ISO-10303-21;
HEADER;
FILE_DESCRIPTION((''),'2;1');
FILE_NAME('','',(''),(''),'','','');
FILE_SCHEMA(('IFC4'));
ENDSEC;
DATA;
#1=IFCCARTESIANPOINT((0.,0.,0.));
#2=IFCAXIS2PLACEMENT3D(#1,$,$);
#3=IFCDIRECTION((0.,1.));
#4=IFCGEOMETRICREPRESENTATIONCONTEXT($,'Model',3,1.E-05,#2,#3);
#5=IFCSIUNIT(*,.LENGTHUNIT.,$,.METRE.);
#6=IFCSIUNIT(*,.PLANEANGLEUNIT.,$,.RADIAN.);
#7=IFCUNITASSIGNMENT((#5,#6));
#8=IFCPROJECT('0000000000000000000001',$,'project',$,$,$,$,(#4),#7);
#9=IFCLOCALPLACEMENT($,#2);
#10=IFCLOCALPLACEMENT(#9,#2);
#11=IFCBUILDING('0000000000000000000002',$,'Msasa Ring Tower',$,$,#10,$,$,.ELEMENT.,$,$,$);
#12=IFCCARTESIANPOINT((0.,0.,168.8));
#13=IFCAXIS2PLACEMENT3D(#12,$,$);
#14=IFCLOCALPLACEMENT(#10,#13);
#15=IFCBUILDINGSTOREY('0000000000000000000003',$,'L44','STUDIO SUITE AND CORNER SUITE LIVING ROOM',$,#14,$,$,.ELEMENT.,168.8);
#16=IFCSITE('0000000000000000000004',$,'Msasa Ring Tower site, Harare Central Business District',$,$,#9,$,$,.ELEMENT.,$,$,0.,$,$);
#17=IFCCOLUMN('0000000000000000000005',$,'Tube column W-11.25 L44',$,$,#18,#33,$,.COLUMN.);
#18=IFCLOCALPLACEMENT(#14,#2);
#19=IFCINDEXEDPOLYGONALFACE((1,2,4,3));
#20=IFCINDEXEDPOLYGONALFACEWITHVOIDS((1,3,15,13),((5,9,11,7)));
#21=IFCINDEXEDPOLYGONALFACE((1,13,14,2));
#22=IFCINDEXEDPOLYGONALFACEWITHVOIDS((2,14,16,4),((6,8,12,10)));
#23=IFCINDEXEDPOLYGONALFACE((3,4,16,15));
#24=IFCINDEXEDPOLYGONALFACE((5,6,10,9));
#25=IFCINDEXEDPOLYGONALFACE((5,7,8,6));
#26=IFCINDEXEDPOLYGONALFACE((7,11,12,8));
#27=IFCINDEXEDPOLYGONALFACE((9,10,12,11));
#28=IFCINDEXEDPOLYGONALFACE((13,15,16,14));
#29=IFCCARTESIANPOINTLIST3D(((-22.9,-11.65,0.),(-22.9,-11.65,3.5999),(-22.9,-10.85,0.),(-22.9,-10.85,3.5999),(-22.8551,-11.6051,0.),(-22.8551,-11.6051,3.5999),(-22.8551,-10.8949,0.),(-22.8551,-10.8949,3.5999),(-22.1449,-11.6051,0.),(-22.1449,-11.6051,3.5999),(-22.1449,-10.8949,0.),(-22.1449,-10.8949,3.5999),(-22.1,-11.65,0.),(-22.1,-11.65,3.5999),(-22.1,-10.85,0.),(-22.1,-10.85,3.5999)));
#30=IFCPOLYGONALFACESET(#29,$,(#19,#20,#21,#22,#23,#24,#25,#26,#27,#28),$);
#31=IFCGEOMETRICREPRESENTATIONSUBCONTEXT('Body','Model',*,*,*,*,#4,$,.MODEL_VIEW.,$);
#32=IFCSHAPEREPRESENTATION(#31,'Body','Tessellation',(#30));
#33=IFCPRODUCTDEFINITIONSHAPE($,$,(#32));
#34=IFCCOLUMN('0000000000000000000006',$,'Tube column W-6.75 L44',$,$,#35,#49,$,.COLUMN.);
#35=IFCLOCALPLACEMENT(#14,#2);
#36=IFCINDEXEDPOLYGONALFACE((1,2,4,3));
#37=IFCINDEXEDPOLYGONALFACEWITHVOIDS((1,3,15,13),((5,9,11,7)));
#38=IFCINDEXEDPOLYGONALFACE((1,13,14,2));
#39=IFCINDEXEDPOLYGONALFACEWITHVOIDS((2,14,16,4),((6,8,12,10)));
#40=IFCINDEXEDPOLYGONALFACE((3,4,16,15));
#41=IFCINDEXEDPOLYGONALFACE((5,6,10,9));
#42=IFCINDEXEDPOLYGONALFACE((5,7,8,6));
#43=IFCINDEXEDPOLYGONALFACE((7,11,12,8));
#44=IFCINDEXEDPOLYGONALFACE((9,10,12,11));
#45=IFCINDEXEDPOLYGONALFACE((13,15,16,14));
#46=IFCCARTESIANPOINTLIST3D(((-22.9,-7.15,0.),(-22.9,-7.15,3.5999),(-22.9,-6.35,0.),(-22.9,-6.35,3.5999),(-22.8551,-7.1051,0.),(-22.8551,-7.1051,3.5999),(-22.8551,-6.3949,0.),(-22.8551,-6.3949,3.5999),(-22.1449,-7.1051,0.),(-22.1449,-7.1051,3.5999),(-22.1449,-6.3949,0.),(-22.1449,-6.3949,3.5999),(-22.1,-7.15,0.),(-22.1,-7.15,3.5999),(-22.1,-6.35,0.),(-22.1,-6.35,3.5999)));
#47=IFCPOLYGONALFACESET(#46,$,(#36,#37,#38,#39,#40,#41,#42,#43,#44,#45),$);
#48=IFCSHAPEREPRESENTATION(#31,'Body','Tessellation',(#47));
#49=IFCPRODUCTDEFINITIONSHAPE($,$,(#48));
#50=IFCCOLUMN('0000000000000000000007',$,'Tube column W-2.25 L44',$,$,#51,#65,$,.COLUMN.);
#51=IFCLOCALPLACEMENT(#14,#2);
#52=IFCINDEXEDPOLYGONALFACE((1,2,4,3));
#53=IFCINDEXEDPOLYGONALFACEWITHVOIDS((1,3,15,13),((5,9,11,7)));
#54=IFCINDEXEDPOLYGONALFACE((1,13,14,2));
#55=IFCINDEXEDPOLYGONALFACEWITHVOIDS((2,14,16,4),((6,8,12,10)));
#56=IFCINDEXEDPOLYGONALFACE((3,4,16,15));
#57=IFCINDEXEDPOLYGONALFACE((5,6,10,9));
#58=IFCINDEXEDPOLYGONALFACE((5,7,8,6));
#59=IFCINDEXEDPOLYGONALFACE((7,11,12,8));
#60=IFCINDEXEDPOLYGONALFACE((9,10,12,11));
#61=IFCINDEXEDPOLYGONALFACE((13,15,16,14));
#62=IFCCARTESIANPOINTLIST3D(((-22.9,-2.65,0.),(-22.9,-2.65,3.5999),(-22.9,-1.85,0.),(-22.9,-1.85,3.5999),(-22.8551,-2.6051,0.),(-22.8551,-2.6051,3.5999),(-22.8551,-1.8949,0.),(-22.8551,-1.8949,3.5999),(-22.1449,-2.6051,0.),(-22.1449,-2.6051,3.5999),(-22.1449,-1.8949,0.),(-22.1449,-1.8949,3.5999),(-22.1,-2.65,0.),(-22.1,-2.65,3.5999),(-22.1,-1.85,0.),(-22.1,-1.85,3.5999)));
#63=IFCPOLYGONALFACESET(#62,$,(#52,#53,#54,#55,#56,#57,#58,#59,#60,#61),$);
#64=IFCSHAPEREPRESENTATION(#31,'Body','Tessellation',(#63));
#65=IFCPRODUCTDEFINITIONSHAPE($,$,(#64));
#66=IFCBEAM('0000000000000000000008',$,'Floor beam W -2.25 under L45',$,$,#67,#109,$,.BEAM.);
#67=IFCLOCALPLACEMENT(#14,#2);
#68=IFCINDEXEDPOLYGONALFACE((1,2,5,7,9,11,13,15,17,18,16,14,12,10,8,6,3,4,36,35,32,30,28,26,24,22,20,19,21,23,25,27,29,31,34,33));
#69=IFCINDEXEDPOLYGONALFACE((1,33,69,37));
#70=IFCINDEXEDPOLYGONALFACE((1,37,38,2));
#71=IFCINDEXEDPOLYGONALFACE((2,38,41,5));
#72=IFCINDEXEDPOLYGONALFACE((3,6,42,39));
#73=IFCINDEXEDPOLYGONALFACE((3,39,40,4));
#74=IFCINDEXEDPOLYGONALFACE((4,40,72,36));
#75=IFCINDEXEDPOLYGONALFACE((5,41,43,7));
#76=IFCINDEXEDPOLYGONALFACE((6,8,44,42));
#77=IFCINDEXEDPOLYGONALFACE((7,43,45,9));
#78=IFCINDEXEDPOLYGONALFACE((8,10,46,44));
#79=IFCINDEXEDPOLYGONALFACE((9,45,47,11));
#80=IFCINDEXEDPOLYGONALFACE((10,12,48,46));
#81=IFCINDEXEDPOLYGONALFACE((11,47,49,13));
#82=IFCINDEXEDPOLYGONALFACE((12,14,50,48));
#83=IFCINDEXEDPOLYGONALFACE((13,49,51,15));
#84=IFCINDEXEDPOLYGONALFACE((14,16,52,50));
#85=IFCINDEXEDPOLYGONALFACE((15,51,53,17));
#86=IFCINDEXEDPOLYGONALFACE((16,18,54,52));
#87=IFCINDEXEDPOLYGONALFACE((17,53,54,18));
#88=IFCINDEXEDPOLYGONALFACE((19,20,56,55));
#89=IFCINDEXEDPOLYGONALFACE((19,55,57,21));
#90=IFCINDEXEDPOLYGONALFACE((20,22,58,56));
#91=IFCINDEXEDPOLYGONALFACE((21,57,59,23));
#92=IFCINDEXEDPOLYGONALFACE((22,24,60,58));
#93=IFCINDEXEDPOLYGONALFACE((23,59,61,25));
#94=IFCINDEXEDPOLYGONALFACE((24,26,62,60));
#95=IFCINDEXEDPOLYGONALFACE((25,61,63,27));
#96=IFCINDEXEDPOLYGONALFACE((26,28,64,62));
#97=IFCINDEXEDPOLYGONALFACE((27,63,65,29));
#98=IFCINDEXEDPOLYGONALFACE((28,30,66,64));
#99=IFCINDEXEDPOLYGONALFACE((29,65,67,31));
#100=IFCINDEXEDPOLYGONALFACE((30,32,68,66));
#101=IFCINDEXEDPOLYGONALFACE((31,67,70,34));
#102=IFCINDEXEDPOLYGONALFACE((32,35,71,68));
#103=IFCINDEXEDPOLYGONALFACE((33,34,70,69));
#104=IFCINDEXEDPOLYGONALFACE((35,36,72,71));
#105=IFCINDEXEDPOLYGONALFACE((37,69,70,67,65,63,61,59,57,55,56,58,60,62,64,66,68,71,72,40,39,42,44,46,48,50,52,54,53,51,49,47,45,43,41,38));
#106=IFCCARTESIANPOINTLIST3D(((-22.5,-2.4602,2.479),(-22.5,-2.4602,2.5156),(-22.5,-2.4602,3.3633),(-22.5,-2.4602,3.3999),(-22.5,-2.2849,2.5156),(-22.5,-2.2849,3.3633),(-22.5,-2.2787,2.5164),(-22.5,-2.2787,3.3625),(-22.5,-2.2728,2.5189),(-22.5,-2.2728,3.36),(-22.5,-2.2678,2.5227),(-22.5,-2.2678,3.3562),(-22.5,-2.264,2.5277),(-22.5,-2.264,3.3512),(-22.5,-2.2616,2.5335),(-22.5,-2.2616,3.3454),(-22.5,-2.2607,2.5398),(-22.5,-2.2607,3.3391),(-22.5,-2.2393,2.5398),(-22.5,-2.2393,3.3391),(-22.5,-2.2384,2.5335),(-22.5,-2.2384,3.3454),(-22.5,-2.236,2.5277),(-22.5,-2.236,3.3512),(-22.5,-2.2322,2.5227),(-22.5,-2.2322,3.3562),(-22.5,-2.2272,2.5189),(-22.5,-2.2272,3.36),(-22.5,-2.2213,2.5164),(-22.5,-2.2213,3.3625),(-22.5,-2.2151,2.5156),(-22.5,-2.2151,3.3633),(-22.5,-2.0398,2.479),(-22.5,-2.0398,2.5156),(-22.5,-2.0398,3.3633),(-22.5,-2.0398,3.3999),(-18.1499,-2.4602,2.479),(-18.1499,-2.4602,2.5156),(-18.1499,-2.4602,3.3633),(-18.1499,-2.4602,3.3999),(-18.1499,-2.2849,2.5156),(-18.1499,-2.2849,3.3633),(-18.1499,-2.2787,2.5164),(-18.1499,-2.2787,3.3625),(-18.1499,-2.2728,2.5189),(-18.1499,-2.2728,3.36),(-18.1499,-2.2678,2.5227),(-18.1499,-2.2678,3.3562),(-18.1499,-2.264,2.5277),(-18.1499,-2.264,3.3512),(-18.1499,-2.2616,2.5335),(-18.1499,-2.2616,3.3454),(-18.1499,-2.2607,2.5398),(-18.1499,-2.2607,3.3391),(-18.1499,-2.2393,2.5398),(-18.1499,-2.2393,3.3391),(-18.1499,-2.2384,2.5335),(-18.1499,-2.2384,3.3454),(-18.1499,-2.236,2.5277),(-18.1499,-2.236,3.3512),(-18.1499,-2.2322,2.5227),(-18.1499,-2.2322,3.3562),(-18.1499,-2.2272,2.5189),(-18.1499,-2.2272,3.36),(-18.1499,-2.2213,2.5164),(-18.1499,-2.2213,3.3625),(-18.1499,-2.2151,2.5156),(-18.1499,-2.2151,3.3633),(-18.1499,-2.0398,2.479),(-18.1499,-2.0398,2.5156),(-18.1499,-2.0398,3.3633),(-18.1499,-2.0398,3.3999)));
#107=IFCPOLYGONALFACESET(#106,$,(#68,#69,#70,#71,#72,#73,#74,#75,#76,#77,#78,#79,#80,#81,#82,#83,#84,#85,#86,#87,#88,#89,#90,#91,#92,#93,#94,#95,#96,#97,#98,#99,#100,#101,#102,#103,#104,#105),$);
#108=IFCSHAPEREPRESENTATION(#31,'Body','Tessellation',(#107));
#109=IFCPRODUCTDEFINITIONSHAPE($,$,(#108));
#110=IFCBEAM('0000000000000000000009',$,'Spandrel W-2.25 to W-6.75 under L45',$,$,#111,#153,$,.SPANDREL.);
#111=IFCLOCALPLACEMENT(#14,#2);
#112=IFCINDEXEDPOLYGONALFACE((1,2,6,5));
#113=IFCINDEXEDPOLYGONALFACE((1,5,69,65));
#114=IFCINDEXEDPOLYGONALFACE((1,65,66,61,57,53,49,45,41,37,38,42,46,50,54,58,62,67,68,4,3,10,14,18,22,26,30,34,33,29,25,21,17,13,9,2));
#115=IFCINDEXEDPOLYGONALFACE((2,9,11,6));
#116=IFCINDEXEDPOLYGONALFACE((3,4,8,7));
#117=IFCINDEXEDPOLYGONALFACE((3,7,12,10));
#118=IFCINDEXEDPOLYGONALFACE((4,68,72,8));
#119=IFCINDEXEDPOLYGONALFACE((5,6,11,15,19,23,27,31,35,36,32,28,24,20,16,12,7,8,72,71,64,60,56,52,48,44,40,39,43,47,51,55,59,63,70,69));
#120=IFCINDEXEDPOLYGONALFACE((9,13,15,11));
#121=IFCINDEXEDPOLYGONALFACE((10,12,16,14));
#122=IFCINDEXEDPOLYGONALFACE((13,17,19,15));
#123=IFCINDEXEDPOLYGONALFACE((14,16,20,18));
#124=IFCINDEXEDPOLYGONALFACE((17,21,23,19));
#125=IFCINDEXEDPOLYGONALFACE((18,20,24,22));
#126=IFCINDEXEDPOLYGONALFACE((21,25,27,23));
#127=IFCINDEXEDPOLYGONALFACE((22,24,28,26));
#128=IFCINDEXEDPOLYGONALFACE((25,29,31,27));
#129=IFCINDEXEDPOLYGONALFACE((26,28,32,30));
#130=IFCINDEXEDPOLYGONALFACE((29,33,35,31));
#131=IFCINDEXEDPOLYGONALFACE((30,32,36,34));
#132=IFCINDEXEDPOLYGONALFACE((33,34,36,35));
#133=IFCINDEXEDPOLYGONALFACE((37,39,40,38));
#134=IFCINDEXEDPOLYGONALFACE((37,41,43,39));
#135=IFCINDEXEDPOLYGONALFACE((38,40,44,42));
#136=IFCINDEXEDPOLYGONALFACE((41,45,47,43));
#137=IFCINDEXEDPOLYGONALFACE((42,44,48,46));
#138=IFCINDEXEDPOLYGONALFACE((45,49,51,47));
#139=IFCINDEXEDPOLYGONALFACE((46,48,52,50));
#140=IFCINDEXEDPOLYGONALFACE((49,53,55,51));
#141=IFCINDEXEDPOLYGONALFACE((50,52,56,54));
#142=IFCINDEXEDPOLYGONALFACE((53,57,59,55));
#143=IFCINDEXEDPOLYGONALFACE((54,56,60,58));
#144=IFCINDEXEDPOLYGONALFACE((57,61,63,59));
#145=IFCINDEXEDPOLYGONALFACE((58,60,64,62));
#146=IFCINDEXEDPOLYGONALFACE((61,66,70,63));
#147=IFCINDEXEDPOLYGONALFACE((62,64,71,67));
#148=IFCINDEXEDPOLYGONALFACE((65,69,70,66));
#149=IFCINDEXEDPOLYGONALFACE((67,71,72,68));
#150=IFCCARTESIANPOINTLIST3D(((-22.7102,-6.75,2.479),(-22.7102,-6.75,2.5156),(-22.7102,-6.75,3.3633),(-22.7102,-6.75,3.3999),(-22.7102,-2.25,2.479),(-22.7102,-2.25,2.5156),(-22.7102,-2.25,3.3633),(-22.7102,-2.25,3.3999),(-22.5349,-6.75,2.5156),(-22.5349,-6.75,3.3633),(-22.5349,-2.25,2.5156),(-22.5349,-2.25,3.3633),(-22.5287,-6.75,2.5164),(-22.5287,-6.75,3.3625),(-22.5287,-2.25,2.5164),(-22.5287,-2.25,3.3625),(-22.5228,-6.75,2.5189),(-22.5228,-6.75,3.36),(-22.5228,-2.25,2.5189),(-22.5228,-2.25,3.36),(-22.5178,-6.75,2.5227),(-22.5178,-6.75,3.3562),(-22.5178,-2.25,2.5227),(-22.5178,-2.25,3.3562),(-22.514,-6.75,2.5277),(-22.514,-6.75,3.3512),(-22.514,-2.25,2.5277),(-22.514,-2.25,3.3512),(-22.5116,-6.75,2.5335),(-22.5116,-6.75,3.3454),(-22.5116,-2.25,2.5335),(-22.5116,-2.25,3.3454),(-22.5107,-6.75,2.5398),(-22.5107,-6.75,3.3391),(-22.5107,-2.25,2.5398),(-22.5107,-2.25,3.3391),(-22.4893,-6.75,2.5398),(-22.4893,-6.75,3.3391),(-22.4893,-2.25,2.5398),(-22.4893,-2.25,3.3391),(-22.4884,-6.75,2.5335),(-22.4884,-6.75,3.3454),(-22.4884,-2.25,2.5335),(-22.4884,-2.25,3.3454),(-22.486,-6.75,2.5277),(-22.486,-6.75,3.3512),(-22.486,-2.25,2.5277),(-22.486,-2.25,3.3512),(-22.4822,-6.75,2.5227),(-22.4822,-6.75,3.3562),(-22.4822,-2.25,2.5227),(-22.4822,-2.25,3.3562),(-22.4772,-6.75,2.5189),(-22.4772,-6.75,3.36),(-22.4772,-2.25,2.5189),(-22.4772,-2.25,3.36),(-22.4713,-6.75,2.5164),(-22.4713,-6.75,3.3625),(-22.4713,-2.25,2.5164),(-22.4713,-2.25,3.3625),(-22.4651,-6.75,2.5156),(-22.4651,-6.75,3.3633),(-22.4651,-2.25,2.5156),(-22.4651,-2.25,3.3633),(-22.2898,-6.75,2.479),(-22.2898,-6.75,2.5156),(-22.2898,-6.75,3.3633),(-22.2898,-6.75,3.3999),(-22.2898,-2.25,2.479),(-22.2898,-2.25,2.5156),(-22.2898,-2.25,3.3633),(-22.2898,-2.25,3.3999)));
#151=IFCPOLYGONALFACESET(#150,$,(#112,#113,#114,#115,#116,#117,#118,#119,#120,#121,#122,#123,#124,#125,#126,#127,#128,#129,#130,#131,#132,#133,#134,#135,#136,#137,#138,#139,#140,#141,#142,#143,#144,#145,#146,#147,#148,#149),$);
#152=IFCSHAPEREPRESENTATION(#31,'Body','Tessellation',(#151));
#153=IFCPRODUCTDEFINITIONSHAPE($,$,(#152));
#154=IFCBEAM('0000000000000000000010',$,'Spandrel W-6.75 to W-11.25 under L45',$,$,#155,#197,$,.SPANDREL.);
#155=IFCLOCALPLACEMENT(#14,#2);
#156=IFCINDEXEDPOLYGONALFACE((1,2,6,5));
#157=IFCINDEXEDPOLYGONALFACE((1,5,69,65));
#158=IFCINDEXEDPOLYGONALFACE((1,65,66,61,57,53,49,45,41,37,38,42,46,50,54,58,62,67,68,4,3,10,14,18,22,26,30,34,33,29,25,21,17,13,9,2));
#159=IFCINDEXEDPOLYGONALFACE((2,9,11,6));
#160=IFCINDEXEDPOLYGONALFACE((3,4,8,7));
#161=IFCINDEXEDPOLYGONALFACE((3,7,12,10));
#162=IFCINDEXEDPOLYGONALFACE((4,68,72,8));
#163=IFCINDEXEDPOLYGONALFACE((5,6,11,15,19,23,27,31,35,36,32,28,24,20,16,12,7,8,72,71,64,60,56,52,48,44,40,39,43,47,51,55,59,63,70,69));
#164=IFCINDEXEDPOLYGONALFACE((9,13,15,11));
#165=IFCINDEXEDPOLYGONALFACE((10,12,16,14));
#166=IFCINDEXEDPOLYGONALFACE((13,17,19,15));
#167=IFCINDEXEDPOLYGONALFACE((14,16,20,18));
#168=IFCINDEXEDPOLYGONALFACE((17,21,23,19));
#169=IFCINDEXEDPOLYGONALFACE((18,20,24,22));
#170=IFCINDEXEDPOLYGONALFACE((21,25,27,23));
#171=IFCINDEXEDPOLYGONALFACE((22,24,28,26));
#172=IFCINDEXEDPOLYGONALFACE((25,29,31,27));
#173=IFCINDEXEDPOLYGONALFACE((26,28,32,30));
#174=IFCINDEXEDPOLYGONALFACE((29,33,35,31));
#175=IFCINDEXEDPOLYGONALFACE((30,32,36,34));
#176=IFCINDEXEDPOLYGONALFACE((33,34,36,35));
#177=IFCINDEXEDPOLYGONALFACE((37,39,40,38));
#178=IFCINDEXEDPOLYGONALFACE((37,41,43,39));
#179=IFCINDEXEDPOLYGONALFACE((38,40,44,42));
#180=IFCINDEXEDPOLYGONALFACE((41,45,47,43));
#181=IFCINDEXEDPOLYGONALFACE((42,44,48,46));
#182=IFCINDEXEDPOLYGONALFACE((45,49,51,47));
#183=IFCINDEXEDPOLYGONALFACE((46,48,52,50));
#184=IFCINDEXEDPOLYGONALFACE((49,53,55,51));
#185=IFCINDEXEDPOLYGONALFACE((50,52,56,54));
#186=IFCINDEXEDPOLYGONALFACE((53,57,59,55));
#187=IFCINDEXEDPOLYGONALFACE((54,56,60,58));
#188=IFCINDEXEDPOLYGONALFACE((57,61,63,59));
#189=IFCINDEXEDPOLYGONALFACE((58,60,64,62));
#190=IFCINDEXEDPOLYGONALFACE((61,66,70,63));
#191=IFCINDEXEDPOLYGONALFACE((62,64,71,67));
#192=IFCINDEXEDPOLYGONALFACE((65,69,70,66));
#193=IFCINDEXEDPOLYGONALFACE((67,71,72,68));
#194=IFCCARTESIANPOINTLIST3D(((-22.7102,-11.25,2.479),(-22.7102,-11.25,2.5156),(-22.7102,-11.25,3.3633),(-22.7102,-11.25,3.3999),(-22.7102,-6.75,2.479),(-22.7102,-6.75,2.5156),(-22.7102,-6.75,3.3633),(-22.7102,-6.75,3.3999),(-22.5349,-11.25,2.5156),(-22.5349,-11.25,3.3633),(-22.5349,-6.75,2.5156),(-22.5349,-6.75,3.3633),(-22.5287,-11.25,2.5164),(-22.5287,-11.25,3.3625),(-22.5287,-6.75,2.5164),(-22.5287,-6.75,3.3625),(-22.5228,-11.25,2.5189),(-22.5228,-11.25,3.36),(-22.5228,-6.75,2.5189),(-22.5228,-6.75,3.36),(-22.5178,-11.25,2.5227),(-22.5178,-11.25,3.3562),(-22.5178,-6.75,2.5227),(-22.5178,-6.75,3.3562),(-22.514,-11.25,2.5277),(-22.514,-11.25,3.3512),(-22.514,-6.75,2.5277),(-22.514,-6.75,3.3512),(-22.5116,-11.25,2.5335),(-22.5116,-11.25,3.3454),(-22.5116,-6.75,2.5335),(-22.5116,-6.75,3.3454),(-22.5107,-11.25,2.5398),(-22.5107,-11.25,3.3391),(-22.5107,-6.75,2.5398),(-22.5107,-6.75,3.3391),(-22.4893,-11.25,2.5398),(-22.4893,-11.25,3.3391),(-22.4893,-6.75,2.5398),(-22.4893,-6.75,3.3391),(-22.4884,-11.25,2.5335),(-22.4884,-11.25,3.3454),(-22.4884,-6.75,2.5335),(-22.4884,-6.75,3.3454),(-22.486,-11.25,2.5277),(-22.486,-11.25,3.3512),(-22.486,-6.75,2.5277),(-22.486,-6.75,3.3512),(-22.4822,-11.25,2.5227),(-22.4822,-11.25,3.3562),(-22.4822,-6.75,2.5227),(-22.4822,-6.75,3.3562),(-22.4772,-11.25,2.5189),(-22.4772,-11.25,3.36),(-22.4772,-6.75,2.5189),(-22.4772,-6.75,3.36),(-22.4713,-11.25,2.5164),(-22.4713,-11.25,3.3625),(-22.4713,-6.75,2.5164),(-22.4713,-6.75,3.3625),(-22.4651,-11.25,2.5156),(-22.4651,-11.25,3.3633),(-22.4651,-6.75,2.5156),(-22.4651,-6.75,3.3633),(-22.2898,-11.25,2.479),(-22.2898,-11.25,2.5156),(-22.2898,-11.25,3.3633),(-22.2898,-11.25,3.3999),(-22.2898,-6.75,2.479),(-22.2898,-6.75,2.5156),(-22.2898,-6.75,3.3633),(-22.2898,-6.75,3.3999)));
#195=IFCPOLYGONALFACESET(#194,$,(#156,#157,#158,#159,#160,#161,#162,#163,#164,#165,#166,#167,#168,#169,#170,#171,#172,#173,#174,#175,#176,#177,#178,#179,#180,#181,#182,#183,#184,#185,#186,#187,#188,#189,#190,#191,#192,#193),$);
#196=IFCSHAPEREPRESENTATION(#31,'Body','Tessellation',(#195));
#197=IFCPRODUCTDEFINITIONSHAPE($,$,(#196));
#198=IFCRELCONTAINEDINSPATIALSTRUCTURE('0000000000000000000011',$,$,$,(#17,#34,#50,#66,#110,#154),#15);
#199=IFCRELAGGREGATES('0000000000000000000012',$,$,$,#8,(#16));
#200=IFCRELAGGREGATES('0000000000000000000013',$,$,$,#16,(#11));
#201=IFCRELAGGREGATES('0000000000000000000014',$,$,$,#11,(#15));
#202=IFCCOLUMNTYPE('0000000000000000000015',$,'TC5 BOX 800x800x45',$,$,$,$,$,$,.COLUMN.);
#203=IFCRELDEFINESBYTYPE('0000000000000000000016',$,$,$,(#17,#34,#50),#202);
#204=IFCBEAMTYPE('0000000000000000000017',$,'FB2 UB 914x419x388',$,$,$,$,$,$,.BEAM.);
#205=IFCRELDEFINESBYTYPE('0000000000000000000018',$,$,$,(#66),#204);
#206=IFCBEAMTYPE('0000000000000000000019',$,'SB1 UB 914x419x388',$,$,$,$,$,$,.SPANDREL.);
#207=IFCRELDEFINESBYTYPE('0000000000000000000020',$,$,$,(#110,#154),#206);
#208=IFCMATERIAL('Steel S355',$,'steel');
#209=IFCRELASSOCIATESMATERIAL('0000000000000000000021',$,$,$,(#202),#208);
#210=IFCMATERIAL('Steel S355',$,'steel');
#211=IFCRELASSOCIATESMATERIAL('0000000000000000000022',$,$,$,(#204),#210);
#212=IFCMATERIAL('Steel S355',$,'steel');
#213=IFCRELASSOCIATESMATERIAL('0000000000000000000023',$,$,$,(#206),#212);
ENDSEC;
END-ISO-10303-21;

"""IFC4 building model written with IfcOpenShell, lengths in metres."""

from ifc_helpers import new_model, si_unit, direction, frame, origin, origin_2d, place, context, subcontext, project, spatial, hollow_rectangle, i_section, extrude, material, material_profile, profile_set, type_object, element, save


model = new_model("IFC4")

# Units and contexts
model_context = context("Model", 3, precision=1e-05, world=origin(), true_north=direction((0.0, 1.0)))
body_context = subcontext(model_context, "Body", "Model", "MODEL_VIEW")
ifc_project = project(units=[si_unit("LENGTHUNIT", "METRE"), si_unit("PLANEANGLEUNIT", "RADIAN")], contexts=[model_context])

# Site, building, storey
site_placement = place(None, origin())
site = spatial("IfcSite", under=ifc_project, at=site_placement, Name="Msasa Ring Tower site, Harare Central Business District", CompositionType="ELEMENT", RefElevation=0.0)
building_placement = place(site_placement, origin())
building = spatial("IfcBuilding", under=site, at=building_placement, Name="Msasa Ring Tower", CompositionType="ELEMENT")
storey_placement = place(building_placement, frame((0.0, 0.0, 168.8)))
storey = spatial("IfcBuildingStorey", under=building, at=storey_placement, Name="L44", Description="STUDIO SUITE AND CORNER SUITE LIVING ROOM", CompositionType="ELEMENT", Elevation=168.8)

# Columns
ifc_material_1 = material(Name="Steel S355", Category="steel")
ifc_material_profile_1 = material_profile(ifc_material_1, hollow_rectangle(XDim=0.8, YDim=0.8, WallThickness=0.0449, at=origin_2d()), Name="BOX 800x800x45")
ifc_profile_set_1 = profile_set([ifc_material_profile_1], Name="Steel S355")
column_type = type_object("IfcColumnType", Name="TC5 BOX 800x800x45", PredefinedType="COLUMN", material=ifc_profile_set_1)
for number, where, z_axis, x_axis, name in (
    (1, (-22.5, -11.25, 0.0), (0.0, 0.0, 1.0), (1.0, 0.0, 0.0), "Tube column W-11.25 L44"),
    (2, (-22.5, -6.75, 0.0), (0.0, 0.0, 1.0), (1.0, 0.0, 0.0), "Tube column W-6.75 L44"),
    (3, (-22.5, -2.25, 0.0), (0.0, 0.0, 1.0), (1.0, 0.0, 0.0), "Tube column W-2.25 L44"),
):
    element("IfcColumn", number, at=place(storey_placement, frame(where, z_axis=z_axis, x_axis=x_axis)), inside=storey, type_object=column_type, Name=name, PredefinedType="COLUMN", context=body_context, shape_type="SweptSolid", body=[
        extrude(hollow_rectangle(XDim=0.8, YDim=0.8, WallThickness=0.0449, at=origin_2d()), origin(), (0.0, 0.0, 1.0), 3.5999),
    ])

# Beams
ifc_material_2 = material(Name="Steel S355", Category="steel")
ifc_material_profile_2 = material_profile(ifc_material_2, i_section(OverallWidth=0.4204, OverallDepth=0.9209, WebThickness=0.0215, FlangeThickness=0.0366, FilletRadius=0.0242, at=origin_2d()), Name="UB 914x419x388")
ifc_profile_set_2 = profile_set([ifc_material_profile_2], Name="Steel S355")
beam_type_1 = type_object("IfcBeamType", Name="FB2 UB 914x419x388", PredefinedType="BEAM", material=ifc_profile_set_2)
beam_placement = place(storey_placement, frame((-22.5, -2.25, 2.9395), z_axis=(1.0, 0.0, 0.0), x_axis=(0.0, 1.0, 0.0)))
element("IfcBeam", 4, at=beam_placement, inside=storey, type_object=beam_type_1, Name="Floor beam W -2.25 under L45", PredefinedType="BEAM", context=body_context, shape_type="SweptSolid", body=[
    extrude(i_section(OverallWidth=0.4204, OverallDepth=0.9209, WebThickness=0.0215, FlangeThickness=0.0366, FilletRadius=0.0242, at=origin_2d()), origin(), (0.0, 0.0, 1.0), 4.3501),
])
ifc_material_3 = material(Name="Steel S355", Category="steel")
ifc_material_profile_3 = material_profile(ifc_material_3, i_section(OverallWidth=0.4204, OverallDepth=0.9209, WebThickness=0.0215, FlangeThickness=0.0366, FilletRadius=0.0242, at=origin_2d()), Name="UB 914x419x388")
ifc_profile_set_3 = profile_set([ifc_material_profile_3], Name="Steel S355")
beam_type_2 = type_object("IfcBeamType", Name="SB1 UB 914x419x388", PredefinedType="SPANDREL", material=ifc_profile_set_3)
for number, where, z_axis, x_axis, name in (
    (5, (-22.5, -2.25, 2.9395), (0.0, -1.0, 0.0), (1.0, 0.0, 0.0), "Spandrel W-2.25 to W-6.75 under L45"),
    (6, (-22.5, -6.75, 2.9395), (0.0, -1.0, 0.0), (1.0, 0.0, 0.0), "Spandrel W-6.75 to W-11.25 under L45"),
):
    element("IfcBeam", number, at=place(storey_placement, frame(where, z_axis=z_axis, x_axis=x_axis)), inside=storey, type_object=beam_type_2, Name=name, PredefinedType="SPANDREL", context=body_context, shape_type="SweptSolid", body=[
        extrude(i_section(OverallWidth=0.4204, OverallDepth=0.9209, WebThickness=0.0215, FlangeThickness=0.0366, FilletRadius=0.0242, at=origin_2d()), origin(), (0.0, 0.0, 1.0), 4.5),
    ])

save(model, "model.ifc")
